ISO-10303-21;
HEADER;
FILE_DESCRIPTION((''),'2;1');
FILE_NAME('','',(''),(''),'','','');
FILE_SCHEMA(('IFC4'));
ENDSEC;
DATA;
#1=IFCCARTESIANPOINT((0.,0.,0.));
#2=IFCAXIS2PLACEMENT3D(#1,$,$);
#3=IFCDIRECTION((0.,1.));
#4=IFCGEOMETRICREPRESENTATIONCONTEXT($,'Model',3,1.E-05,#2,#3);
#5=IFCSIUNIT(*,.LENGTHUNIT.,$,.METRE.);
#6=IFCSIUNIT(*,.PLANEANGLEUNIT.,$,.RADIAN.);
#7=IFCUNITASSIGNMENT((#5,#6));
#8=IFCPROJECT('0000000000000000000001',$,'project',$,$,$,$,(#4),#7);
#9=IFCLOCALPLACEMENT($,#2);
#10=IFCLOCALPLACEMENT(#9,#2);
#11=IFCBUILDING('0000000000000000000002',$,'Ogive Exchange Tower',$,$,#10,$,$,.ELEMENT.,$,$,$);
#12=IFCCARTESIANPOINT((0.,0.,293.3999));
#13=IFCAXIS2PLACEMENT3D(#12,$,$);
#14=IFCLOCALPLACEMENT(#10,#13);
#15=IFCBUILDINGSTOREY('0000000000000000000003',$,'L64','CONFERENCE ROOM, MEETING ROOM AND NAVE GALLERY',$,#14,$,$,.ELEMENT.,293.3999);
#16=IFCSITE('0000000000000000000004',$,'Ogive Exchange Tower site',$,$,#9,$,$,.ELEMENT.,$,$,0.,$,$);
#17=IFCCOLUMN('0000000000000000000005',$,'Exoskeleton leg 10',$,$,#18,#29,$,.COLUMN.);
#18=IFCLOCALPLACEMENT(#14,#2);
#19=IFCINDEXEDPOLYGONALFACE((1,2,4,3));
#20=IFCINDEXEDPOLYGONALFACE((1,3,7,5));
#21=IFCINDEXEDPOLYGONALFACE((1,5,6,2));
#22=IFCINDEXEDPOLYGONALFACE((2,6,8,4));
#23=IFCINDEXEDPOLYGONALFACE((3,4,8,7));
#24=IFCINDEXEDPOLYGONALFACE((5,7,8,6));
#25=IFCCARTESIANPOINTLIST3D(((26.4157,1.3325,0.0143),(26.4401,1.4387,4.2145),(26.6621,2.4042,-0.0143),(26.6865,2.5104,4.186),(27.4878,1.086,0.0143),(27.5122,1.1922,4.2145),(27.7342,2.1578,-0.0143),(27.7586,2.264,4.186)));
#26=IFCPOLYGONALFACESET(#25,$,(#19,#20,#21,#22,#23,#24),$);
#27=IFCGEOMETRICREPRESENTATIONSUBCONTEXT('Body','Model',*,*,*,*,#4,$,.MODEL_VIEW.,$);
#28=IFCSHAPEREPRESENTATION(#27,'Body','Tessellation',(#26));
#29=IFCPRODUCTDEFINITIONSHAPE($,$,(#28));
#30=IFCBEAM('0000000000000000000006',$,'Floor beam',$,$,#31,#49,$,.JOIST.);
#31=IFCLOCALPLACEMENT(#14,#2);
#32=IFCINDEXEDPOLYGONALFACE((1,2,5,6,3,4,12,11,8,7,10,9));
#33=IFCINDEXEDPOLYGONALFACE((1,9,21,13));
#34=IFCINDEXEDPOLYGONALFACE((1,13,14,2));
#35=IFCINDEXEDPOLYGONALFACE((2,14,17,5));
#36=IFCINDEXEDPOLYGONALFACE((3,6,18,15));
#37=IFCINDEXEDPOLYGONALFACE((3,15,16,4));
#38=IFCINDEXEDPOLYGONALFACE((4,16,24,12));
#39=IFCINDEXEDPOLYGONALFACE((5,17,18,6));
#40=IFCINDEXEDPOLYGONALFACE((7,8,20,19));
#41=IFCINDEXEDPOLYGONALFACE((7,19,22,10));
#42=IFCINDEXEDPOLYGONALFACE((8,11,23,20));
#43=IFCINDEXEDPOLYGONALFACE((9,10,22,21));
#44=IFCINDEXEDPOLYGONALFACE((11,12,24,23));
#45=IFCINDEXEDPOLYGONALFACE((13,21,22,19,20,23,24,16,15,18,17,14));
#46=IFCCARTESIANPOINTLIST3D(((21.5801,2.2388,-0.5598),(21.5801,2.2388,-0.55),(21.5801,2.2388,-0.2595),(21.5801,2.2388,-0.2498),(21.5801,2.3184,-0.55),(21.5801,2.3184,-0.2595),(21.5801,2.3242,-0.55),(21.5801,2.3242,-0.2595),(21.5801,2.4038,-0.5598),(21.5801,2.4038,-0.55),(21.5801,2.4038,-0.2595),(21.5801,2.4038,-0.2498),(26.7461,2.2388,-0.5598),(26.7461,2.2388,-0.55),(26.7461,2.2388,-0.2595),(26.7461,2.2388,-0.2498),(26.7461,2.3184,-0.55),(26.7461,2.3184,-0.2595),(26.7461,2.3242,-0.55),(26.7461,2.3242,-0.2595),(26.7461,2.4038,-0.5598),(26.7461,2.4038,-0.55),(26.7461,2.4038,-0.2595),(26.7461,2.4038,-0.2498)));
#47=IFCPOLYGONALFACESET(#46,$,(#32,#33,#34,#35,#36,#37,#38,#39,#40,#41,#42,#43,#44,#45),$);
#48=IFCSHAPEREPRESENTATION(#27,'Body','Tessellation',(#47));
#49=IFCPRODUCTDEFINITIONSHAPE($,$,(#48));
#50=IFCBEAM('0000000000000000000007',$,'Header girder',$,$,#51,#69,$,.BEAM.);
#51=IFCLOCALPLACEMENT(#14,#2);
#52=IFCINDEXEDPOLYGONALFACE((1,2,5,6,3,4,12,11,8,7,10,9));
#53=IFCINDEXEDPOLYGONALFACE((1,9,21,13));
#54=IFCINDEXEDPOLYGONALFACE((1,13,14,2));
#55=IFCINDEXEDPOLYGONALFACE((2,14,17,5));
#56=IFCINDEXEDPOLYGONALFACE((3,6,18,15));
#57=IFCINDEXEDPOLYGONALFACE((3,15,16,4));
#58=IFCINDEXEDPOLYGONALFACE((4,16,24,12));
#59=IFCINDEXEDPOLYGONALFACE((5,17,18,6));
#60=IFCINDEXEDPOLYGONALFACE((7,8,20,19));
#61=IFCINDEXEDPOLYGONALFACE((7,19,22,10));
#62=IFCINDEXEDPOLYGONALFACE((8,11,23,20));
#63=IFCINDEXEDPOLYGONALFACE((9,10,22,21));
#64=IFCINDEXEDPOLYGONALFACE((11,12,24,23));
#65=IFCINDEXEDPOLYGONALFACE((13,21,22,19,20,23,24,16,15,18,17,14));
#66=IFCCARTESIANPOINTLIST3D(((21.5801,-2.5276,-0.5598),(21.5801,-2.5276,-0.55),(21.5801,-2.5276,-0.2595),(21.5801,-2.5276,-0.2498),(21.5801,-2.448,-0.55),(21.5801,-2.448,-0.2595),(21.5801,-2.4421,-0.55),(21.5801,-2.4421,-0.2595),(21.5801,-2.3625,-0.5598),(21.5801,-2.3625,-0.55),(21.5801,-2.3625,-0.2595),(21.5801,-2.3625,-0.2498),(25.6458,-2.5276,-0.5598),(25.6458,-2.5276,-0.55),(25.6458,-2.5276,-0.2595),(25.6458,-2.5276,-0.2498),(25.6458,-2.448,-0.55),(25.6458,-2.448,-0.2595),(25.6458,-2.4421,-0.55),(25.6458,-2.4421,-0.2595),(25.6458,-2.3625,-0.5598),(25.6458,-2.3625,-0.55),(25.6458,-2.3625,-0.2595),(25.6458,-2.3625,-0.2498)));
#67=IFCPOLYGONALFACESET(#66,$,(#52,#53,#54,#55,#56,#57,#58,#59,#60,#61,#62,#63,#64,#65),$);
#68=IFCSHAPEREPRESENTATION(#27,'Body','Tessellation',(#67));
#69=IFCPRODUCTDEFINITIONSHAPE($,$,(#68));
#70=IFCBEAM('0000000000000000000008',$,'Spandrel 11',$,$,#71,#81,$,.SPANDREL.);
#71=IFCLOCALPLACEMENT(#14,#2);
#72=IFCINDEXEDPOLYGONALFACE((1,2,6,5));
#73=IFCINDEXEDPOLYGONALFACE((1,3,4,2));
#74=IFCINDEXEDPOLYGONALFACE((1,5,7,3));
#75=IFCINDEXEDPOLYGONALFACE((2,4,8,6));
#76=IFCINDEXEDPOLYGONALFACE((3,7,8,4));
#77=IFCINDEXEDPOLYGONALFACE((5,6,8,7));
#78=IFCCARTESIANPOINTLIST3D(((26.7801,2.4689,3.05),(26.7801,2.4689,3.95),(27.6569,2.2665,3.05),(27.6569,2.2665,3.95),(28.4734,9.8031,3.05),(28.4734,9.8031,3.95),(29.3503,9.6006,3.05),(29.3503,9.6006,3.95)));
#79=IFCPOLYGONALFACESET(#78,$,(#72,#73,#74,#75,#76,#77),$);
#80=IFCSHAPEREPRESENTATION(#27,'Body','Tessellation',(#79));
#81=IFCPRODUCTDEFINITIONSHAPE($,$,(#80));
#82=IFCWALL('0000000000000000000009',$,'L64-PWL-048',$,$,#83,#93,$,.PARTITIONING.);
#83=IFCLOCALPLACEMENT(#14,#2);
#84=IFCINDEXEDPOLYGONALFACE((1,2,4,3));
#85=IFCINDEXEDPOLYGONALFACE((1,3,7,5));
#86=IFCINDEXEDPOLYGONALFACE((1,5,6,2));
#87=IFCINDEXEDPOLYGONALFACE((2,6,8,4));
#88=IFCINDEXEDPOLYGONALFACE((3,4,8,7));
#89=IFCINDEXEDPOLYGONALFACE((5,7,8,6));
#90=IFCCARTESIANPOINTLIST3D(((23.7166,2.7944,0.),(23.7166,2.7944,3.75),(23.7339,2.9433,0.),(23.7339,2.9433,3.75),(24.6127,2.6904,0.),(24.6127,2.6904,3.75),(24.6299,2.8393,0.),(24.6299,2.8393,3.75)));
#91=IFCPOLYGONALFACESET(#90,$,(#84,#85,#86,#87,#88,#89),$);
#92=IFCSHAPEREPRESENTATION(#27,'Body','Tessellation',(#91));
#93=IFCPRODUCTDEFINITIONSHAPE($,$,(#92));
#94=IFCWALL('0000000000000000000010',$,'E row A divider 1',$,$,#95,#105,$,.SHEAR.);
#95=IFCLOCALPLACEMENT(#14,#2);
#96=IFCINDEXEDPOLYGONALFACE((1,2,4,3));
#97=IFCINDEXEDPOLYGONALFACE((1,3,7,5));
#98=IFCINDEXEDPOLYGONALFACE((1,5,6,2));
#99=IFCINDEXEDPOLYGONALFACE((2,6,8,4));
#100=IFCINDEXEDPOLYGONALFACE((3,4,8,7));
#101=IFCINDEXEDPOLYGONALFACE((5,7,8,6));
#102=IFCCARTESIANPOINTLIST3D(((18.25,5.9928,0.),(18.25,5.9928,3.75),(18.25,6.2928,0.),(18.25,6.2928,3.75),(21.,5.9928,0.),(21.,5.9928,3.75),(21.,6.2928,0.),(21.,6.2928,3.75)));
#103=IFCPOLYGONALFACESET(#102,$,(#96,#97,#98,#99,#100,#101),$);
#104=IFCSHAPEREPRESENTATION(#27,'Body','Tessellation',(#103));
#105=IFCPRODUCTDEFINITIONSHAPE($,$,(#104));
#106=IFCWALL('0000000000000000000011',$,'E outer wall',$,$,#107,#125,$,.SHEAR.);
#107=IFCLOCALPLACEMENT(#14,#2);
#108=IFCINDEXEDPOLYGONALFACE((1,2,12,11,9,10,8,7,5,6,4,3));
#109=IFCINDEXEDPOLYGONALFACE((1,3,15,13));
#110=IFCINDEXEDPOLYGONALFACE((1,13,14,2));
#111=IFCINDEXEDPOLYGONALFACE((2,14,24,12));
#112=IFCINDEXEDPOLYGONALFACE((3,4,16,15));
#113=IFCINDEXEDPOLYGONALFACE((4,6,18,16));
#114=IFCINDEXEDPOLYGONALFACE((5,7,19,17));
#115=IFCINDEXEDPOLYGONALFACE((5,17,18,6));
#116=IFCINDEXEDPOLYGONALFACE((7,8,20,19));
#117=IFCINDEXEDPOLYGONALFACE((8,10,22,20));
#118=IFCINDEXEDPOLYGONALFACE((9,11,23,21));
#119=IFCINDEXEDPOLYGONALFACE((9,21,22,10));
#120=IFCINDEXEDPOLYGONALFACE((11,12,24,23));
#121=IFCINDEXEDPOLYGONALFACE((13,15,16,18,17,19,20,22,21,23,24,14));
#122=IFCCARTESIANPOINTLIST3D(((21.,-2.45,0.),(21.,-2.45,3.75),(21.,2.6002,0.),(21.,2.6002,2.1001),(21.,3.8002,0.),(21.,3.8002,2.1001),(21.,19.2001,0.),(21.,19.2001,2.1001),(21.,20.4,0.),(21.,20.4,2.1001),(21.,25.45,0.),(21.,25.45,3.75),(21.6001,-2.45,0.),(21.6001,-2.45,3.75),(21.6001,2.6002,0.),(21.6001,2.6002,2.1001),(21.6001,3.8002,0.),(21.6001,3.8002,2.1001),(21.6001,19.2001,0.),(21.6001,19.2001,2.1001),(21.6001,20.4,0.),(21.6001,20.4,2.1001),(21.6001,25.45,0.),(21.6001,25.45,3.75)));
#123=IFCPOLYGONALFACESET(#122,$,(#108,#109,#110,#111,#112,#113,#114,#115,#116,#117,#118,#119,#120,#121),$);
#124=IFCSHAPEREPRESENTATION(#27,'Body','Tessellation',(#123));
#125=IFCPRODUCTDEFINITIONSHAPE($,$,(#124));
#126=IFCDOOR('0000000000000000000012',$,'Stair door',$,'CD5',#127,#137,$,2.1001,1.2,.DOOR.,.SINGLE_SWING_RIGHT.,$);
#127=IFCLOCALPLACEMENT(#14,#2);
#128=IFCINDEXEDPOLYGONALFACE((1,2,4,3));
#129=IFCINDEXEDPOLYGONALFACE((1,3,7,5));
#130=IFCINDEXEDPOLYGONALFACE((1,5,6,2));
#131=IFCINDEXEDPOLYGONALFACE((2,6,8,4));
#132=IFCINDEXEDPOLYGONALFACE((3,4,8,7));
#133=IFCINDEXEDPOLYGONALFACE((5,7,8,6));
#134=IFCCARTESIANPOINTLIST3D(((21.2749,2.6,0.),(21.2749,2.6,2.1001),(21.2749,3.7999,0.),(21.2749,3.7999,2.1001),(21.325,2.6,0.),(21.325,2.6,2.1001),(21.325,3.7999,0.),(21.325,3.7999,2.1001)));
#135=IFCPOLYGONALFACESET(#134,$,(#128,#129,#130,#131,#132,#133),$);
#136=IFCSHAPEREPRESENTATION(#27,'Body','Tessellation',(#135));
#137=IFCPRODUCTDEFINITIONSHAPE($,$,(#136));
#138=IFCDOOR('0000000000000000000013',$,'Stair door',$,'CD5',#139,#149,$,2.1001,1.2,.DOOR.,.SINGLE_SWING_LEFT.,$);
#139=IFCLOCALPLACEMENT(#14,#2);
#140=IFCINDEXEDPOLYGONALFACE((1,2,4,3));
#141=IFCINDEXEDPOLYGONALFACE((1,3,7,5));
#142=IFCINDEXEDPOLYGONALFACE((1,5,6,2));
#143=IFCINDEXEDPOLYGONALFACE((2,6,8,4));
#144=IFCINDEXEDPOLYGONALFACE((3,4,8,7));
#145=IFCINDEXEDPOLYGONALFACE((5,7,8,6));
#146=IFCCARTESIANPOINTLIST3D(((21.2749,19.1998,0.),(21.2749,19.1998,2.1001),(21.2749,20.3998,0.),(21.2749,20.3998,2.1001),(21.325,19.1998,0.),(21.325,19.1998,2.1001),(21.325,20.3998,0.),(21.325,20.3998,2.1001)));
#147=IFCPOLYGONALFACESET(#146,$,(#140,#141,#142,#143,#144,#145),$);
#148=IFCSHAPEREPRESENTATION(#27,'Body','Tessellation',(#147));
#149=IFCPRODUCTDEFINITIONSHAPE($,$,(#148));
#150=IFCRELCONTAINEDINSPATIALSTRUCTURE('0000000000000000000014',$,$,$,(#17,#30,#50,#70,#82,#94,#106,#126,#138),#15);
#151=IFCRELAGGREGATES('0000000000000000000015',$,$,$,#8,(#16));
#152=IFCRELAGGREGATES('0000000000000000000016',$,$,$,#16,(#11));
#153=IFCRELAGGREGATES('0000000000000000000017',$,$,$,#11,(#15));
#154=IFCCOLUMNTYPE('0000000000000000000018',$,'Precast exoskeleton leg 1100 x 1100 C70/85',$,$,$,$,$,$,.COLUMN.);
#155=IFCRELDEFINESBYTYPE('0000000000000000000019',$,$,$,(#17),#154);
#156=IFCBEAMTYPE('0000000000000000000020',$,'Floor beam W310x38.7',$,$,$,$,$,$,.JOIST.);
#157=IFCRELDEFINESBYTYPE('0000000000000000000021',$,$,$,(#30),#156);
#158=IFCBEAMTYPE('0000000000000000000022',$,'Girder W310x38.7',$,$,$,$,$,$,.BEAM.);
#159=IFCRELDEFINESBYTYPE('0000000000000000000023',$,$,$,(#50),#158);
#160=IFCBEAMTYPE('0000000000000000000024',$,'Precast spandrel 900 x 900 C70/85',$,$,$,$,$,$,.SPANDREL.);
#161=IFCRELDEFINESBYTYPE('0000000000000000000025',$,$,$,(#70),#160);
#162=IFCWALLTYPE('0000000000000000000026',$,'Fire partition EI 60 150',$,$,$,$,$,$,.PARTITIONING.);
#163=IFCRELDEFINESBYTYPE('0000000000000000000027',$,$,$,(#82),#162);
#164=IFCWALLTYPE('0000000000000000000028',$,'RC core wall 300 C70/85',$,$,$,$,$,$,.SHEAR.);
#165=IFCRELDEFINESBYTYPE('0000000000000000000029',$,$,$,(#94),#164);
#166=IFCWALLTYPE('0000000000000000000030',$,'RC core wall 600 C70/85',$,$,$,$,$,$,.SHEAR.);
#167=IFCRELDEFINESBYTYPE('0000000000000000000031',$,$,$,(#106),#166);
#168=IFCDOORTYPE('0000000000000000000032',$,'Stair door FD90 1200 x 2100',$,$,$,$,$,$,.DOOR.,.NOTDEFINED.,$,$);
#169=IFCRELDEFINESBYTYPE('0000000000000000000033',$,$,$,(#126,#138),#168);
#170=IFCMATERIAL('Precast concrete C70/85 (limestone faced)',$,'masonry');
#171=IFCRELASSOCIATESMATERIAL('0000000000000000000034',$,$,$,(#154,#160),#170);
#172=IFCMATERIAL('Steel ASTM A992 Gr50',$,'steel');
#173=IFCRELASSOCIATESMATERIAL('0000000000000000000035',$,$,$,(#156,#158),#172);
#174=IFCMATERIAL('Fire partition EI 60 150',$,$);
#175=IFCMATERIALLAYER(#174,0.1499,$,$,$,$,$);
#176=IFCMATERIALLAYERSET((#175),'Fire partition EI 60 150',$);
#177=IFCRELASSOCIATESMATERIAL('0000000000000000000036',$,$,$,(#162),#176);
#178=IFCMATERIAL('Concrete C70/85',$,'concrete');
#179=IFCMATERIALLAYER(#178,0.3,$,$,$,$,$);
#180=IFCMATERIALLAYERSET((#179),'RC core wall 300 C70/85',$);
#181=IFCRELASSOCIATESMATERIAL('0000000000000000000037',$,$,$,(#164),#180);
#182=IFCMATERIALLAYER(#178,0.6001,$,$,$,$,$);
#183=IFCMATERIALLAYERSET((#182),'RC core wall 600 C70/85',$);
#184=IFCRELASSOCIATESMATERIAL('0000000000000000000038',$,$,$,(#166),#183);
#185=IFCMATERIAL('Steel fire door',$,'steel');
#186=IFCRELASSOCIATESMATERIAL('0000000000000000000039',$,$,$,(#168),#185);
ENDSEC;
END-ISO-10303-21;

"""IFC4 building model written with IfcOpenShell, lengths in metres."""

from ifc_helpers import new_model, si_unit, direction, frame, frame_2d, origin, origin_2d, place, context, subcontext, project, spatial, rectangle, i_section, extrude, material, layer, layer_set, material_profile, profile_set, type_object, element, fill, save


model = new_model("IFC4")

# Units and contexts
model_context = context("Model", 3, precision=1e-05, world=origin(), true_north=direction((0.0, 1.0)))
body_context = subcontext(model_context, "Body", "Model", "MODEL_VIEW")
ifc_project = project(units=[si_unit("LENGTHUNIT", "METRE"), si_unit("PLANEANGLEUNIT", "RADIAN")], contexts=[model_context])

# Site, building, storey
site_placement = place(None, origin())
site = spatial("IfcSite", under=ifc_project, at=site_placement, Name="Ogive Exchange Tower site", CompositionType="ELEMENT", RefElevation=0.0)
building_placement = place(site_placement, origin())
building = spatial("IfcBuilding", under=site, at=building_placement, Name="Ogive Exchange Tower", CompositionType="ELEMENT")
storey_placement = place(building_placement, frame((0.0, 0.0, 293.3999)))
storey = spatial("IfcBuildingStorey", under=building, at=storey_placement, Name="L64", Description="CONFERENCE ROOM, MEETING ROOM AND NAVE GALLERY", CompositionType="ELEMENT", Elevation=293.3999)

# Column
ifc_material_1 = material(Name="Precast concrete C70/85 (limestone faced)", Category="masonry")
ifc_material_profile_1 = material_profile(ifc_material_1, rectangle(XDim=1.1001, YDim=1.1001, at=origin_2d()), Name="1100 x 1100")
ifc_profile_set_1 = profile_set([ifc_material_profile_1], Name="Precast concrete C70/85 (limestone faced)")
column_type = type_object("IfcColumnType", Name="Precast exoskeleton leg 1100 x 1100 C70/85", PredefinedType="COLUMN", material=ifc_profile_set_1)
column_placement = place(storey_placement, frame((27.075, 1.7451, 0.0), z_axis=(0.005811, 0.025276, 0.999664), x_axis=(-0.97458, 0.224041, 0.0)))
element("IfcColumn", 1, at=column_placement, inside=storey, type_object=column_type, Name="Exoskeleton leg 10", PredefinedType="COLUMN", context=body_context, shape_type="SweptSolid", body=[
    extrude(rectangle(XDim=1.1001, YDim=1.1001, at=origin_2d()), origin(), (0.0, 0.0, 1.0), 4.2017),
])

# Beams
ifc_material_2 = material(Name="Steel ASTM A992 Gr50", Category="steel")
ifc_material_profile_2 = material_profile(ifc_material_2, i_section(OverallWidth=0.165, OverallDepth=0.3101, WebThickness=0.0059, FlangeThickness=0.0098, at=origin_2d()), Name="W310x38.7")
ifc_profile_set_2 = profile_set([ifc_material_profile_2], Name="Steel ASTM A992 Gr50")
beam_type_1 = type_object("IfcBeamType", Name="Floor beam W310x38.7", PredefinedType="JOIST", material=ifc_profile_set_2)
beam_1_placement = place(storey_placement, frame((21.5801, 2.3213, -0.4048), z_axis=(1.0, 0.0, 0.0), x_axis=(0.0, 1.0, 0.0)))
element("IfcBeam", 2, at=beam_1_placement, inside=storey, type_object=beam_type_1, Name="Floor beam", PredefinedType="JOIST", context=body_context, shape_type="SweptSolid", body=[
    extrude(i_section(OverallWidth=0.165, OverallDepth=0.3101, WebThickness=0.0059, FlangeThickness=0.0098, at=origin_2d()), origin(), (0.0, 0.0, 1.0), 5.166),
])
ifc_material_profile_3 = material_profile(ifc_material_2, i_section(OverallWidth=0.165, OverallDepth=0.3101, WebThickness=0.0059, FlangeThickness=0.0098, at=origin_2d()), Name="W310x38.7")
ifc_profile_set_3 = profile_set([ifc_material_profile_3], Name="Steel ASTM A992 Gr50")
beam_type_2 = type_object("IfcBeamType", Name="Girder W310x38.7", PredefinedType="BEAM", material=ifc_profile_set_3)
beam_2_placement = place(storey_placement, frame((21.5801, -2.4451, -0.4048), z_axis=(1.0, 0.0, 0.0), x_axis=(0.0, 1.0, 0.0)))
element("IfcBeam", 3, at=beam_2_placement, inside=storey, type_object=beam_type_2, Name="Header girder", PredefinedType="BEAM", context=body_context, shape_type="SweptSolid", body=[
    extrude(i_section(OverallWidth=0.165, OverallDepth=0.3101, WebThickness=0.0059, FlangeThickness=0.0098, at=origin_2d()), origin(), (0.0, 0.0, 1.0), 4.0657),
])
ifc_material_profile_4 = material_profile(ifc_material_1, rectangle(XDim=0.8999, YDim=0.8999, at=origin_2d()), Name="900 x 900")
ifc_profile_set_4 = profile_set([ifc_material_profile_4], Name="Precast concrete C70/85 (limestone faced)")
beam_type_3 = type_object("IfcBeamType", Name="Precast spandrel 900 x 900 C70/85", PredefinedType="SPANDREL", material=ifc_profile_set_4)
beam_3_placement = place(storey_placement, frame((27.2185, 2.3677, 3.5), z_axis=(0.224966, 0.974367, 0.0), x_axis=(-0.974367, 0.224966, 0.0)))
element("IfcBeam", 4, at=beam_3_placement, inside=storey, type_object=beam_type_3, Name="Spandrel 11", PredefinedType="SPANDREL", context=body_context, shape_type="SweptSolid", body=[
    extrude(rectangle(XDim=0.8999, YDim=0.8999, at=origin_2d()), origin(), (0.0, 0.0, 1.0), 7.5271),
])

# Walls
ifc_material_3 = material(Name="Fire partition EI 60 150")
ifc_layer_1 = layer(ifc_material_3, 0.1499)
ifc_layer_set_1 = layer_set([ifc_layer_1], Name="Fire partition EI 60 150")
wall_type_1 = type_object("IfcWallType", Name="Fire partition EI 60 150", PredefinedType="PARTITIONING", material=ifc_layer_set_1)
wall_1_placement = place(storey_placement, frame((23.7251, 2.8689, 0.0), z_axis=(0.0, 0.0, 1.0), x_axis=(0.99333, -0.115302, 0.0)))
element("IfcWall", 5, at=wall_1_placement, inside=storey, type_object=wall_type_1, Name="L64-PWL-048", PredefinedType="PARTITIONING", context=body_context, shape_type="SweptSolid", body=[
    extrude(rectangle(XDim=0.9021, YDim=0.1499, at=frame_2d((0.4512, 0.0))), origin(), (0.0, 0.0, 1.0), 3.75),
])
ifc_material_4 = material(Name="Concrete C70/85", Category="concrete")
ifc_layer_2 = layer(ifc_material_4, 0.3)
ifc_layer_set_2 = layer_set([ifc_layer_2], Name="RC core wall 300 C70/85")
wall_type_2 = type_object("IfcWallType", Name="RC core wall 300 C70/85", PredefinedType="SHEAR", material=ifc_layer_set_2)
wall_2_placement = place(storey_placement, frame((18.25, 6.1428, 0.0), z_axis=(0.0, 0.0, 1.0), x_axis=(1.0, 0.0, 0.0)))
element("IfcWall", 6, at=wall_2_placement, inside=storey, type_object=wall_type_2, Name="E row A divider 1", PredefinedType="SHEAR", context=body_context, shape_type="SweptSolid", body=[
    extrude(rectangle(XDim=2.75, YDim=0.3, at=frame_2d((1.375, 0.0))), origin(), (0.0, 0.0, 1.0), 3.75),
])

# Wall, openings, doors
ifc_layer_3 = layer(ifc_material_4, 0.6001)
ifc_layer_set_3 = layer_set([ifc_layer_3], Name="RC core wall 600 C70/85")
wall_type_3 = type_object("IfcWallType", Name="RC core wall 600 C70/85", PredefinedType="SHEAR", material=ifc_layer_set_3)
wall_3_placement = place(storey_placement, frame((21.3, -2.45, 0.0), z_axis=(0.0, 0.0, 1.0), x_axis=(0.0, 1.0, 0.0)))
wall_3 = element("IfcWall", 7, at=wall_3_placement, inside=storey, type_object=wall_type_3, Name="E outer wall", PredefinedType="SHEAR", context=body_context, shape_type="SweptSolid", body=[
    extrude(rectangle(XDim=27.8999, YDim=0.6001, at=frame_2d((13.95, 0.0))), origin(), (0.0, 0.0, 1.0), 3.75),
])
opening_1_placement = place(wall_3_placement, frame((5.05, 0.0, 0.0)))
opening_1 = element("IfcOpeningElement", 8, at=opening_1_placement, cuts=wall_3, PredefinedType="OPENING", context=body_context, shape_type="SweptSolid", body=[
    extrude(rectangle(XDim=1.2, YDim=2.1001, at=frame_2d((0.6001, 1.05))), frame((0.0, 0.3101, 0.0), z_axis=(0.0, -1.0, 0.0), x_axis=(1.0, 0.0, 0.0)), (0.0, 0.0, 1.0), 0.6201),
])
opening_2_placement = place(wall_3_placement, frame((21.6499, 0.0, 0.0)))
opening_2 = element("IfcOpeningElement", 9, at=opening_2_placement, cuts=wall_3, PredefinedType="OPENING", context=body_context, shape_type="SweptSolid", body=[
    extrude(rectangle(XDim=1.2, YDim=2.1001, at=frame_2d((0.6001, 1.05))), frame((0.0, 0.3101, 0.0), z_axis=(0.0, -1.0, 0.0), x_axis=(1.0, 0.0, 0.0)), (0.0, 0.0, 1.0), 0.6201),
])
ifc_material_5 = material(Name="Steel fire door", Category="steel")
door_type = type_object("IfcDoorType", Name="Stair door FD90 1200 x 2100", OperationType="NOTDEFINED", PredefinedType="DOOR", material=ifc_material_5)
door_1_placement = place(opening_1_placement, frame((1.2, 0.0, 0.0), z_axis=(0.0, 0.0, 1.0), x_axis=(-1.0, 0.0, 0.0)))
door_1 = element("IfcDoor", 10, at=door_1_placement, inside=storey, type_object=door_type, Name="Stair door", ObjectType="CD5", OperationType="SINGLE_SWING_RIGHT", OverallHeight=2.1001, OverallWidth=1.2, PredefinedType="DOOR", context=body_context, shape_type="SweptSolid", body=[
    extrude(rectangle(XDim=1.2, YDim=2.1001, at=frame_2d((0.6001, 1.05))), frame((0.0, 0.0249, 0.0), z_axis=(0.0, -1.0, 0.0), x_axis=(1.0, 0.0, 0.0)), (0.0, 0.0, 1.0), 0.05),
])
fill(opening_1, door_1)
door_2_placement = place(opening_2_placement, frame((1.2, 0.0, 0.0), z_axis=(0.0, 0.0, 1.0), x_axis=(-1.0, 0.0, 0.0)))
door_2 = element("IfcDoor", 11, at=door_2_placement, inside=storey, type_object=door_type, Name="Stair door", ObjectType="CD5", OperationType="SINGLE_SWING_LEFT", OverallHeight=2.1001, OverallWidth=1.2, PredefinedType="DOOR", context=body_context, shape_type="SweptSolid", body=[
    extrude(rectangle(XDim=1.2, YDim=2.1001, at=frame_2d((0.6001, 1.05))), frame((0.0, 0.0249, 0.0), z_axis=(0.0, -1.0, 0.0), x_axis=(1.0, 0.0, 0.0)), (0.0, 0.0, 1.0), 0.05),
])
fill(opening_2, door_2)

save(model, "model.ifc")
